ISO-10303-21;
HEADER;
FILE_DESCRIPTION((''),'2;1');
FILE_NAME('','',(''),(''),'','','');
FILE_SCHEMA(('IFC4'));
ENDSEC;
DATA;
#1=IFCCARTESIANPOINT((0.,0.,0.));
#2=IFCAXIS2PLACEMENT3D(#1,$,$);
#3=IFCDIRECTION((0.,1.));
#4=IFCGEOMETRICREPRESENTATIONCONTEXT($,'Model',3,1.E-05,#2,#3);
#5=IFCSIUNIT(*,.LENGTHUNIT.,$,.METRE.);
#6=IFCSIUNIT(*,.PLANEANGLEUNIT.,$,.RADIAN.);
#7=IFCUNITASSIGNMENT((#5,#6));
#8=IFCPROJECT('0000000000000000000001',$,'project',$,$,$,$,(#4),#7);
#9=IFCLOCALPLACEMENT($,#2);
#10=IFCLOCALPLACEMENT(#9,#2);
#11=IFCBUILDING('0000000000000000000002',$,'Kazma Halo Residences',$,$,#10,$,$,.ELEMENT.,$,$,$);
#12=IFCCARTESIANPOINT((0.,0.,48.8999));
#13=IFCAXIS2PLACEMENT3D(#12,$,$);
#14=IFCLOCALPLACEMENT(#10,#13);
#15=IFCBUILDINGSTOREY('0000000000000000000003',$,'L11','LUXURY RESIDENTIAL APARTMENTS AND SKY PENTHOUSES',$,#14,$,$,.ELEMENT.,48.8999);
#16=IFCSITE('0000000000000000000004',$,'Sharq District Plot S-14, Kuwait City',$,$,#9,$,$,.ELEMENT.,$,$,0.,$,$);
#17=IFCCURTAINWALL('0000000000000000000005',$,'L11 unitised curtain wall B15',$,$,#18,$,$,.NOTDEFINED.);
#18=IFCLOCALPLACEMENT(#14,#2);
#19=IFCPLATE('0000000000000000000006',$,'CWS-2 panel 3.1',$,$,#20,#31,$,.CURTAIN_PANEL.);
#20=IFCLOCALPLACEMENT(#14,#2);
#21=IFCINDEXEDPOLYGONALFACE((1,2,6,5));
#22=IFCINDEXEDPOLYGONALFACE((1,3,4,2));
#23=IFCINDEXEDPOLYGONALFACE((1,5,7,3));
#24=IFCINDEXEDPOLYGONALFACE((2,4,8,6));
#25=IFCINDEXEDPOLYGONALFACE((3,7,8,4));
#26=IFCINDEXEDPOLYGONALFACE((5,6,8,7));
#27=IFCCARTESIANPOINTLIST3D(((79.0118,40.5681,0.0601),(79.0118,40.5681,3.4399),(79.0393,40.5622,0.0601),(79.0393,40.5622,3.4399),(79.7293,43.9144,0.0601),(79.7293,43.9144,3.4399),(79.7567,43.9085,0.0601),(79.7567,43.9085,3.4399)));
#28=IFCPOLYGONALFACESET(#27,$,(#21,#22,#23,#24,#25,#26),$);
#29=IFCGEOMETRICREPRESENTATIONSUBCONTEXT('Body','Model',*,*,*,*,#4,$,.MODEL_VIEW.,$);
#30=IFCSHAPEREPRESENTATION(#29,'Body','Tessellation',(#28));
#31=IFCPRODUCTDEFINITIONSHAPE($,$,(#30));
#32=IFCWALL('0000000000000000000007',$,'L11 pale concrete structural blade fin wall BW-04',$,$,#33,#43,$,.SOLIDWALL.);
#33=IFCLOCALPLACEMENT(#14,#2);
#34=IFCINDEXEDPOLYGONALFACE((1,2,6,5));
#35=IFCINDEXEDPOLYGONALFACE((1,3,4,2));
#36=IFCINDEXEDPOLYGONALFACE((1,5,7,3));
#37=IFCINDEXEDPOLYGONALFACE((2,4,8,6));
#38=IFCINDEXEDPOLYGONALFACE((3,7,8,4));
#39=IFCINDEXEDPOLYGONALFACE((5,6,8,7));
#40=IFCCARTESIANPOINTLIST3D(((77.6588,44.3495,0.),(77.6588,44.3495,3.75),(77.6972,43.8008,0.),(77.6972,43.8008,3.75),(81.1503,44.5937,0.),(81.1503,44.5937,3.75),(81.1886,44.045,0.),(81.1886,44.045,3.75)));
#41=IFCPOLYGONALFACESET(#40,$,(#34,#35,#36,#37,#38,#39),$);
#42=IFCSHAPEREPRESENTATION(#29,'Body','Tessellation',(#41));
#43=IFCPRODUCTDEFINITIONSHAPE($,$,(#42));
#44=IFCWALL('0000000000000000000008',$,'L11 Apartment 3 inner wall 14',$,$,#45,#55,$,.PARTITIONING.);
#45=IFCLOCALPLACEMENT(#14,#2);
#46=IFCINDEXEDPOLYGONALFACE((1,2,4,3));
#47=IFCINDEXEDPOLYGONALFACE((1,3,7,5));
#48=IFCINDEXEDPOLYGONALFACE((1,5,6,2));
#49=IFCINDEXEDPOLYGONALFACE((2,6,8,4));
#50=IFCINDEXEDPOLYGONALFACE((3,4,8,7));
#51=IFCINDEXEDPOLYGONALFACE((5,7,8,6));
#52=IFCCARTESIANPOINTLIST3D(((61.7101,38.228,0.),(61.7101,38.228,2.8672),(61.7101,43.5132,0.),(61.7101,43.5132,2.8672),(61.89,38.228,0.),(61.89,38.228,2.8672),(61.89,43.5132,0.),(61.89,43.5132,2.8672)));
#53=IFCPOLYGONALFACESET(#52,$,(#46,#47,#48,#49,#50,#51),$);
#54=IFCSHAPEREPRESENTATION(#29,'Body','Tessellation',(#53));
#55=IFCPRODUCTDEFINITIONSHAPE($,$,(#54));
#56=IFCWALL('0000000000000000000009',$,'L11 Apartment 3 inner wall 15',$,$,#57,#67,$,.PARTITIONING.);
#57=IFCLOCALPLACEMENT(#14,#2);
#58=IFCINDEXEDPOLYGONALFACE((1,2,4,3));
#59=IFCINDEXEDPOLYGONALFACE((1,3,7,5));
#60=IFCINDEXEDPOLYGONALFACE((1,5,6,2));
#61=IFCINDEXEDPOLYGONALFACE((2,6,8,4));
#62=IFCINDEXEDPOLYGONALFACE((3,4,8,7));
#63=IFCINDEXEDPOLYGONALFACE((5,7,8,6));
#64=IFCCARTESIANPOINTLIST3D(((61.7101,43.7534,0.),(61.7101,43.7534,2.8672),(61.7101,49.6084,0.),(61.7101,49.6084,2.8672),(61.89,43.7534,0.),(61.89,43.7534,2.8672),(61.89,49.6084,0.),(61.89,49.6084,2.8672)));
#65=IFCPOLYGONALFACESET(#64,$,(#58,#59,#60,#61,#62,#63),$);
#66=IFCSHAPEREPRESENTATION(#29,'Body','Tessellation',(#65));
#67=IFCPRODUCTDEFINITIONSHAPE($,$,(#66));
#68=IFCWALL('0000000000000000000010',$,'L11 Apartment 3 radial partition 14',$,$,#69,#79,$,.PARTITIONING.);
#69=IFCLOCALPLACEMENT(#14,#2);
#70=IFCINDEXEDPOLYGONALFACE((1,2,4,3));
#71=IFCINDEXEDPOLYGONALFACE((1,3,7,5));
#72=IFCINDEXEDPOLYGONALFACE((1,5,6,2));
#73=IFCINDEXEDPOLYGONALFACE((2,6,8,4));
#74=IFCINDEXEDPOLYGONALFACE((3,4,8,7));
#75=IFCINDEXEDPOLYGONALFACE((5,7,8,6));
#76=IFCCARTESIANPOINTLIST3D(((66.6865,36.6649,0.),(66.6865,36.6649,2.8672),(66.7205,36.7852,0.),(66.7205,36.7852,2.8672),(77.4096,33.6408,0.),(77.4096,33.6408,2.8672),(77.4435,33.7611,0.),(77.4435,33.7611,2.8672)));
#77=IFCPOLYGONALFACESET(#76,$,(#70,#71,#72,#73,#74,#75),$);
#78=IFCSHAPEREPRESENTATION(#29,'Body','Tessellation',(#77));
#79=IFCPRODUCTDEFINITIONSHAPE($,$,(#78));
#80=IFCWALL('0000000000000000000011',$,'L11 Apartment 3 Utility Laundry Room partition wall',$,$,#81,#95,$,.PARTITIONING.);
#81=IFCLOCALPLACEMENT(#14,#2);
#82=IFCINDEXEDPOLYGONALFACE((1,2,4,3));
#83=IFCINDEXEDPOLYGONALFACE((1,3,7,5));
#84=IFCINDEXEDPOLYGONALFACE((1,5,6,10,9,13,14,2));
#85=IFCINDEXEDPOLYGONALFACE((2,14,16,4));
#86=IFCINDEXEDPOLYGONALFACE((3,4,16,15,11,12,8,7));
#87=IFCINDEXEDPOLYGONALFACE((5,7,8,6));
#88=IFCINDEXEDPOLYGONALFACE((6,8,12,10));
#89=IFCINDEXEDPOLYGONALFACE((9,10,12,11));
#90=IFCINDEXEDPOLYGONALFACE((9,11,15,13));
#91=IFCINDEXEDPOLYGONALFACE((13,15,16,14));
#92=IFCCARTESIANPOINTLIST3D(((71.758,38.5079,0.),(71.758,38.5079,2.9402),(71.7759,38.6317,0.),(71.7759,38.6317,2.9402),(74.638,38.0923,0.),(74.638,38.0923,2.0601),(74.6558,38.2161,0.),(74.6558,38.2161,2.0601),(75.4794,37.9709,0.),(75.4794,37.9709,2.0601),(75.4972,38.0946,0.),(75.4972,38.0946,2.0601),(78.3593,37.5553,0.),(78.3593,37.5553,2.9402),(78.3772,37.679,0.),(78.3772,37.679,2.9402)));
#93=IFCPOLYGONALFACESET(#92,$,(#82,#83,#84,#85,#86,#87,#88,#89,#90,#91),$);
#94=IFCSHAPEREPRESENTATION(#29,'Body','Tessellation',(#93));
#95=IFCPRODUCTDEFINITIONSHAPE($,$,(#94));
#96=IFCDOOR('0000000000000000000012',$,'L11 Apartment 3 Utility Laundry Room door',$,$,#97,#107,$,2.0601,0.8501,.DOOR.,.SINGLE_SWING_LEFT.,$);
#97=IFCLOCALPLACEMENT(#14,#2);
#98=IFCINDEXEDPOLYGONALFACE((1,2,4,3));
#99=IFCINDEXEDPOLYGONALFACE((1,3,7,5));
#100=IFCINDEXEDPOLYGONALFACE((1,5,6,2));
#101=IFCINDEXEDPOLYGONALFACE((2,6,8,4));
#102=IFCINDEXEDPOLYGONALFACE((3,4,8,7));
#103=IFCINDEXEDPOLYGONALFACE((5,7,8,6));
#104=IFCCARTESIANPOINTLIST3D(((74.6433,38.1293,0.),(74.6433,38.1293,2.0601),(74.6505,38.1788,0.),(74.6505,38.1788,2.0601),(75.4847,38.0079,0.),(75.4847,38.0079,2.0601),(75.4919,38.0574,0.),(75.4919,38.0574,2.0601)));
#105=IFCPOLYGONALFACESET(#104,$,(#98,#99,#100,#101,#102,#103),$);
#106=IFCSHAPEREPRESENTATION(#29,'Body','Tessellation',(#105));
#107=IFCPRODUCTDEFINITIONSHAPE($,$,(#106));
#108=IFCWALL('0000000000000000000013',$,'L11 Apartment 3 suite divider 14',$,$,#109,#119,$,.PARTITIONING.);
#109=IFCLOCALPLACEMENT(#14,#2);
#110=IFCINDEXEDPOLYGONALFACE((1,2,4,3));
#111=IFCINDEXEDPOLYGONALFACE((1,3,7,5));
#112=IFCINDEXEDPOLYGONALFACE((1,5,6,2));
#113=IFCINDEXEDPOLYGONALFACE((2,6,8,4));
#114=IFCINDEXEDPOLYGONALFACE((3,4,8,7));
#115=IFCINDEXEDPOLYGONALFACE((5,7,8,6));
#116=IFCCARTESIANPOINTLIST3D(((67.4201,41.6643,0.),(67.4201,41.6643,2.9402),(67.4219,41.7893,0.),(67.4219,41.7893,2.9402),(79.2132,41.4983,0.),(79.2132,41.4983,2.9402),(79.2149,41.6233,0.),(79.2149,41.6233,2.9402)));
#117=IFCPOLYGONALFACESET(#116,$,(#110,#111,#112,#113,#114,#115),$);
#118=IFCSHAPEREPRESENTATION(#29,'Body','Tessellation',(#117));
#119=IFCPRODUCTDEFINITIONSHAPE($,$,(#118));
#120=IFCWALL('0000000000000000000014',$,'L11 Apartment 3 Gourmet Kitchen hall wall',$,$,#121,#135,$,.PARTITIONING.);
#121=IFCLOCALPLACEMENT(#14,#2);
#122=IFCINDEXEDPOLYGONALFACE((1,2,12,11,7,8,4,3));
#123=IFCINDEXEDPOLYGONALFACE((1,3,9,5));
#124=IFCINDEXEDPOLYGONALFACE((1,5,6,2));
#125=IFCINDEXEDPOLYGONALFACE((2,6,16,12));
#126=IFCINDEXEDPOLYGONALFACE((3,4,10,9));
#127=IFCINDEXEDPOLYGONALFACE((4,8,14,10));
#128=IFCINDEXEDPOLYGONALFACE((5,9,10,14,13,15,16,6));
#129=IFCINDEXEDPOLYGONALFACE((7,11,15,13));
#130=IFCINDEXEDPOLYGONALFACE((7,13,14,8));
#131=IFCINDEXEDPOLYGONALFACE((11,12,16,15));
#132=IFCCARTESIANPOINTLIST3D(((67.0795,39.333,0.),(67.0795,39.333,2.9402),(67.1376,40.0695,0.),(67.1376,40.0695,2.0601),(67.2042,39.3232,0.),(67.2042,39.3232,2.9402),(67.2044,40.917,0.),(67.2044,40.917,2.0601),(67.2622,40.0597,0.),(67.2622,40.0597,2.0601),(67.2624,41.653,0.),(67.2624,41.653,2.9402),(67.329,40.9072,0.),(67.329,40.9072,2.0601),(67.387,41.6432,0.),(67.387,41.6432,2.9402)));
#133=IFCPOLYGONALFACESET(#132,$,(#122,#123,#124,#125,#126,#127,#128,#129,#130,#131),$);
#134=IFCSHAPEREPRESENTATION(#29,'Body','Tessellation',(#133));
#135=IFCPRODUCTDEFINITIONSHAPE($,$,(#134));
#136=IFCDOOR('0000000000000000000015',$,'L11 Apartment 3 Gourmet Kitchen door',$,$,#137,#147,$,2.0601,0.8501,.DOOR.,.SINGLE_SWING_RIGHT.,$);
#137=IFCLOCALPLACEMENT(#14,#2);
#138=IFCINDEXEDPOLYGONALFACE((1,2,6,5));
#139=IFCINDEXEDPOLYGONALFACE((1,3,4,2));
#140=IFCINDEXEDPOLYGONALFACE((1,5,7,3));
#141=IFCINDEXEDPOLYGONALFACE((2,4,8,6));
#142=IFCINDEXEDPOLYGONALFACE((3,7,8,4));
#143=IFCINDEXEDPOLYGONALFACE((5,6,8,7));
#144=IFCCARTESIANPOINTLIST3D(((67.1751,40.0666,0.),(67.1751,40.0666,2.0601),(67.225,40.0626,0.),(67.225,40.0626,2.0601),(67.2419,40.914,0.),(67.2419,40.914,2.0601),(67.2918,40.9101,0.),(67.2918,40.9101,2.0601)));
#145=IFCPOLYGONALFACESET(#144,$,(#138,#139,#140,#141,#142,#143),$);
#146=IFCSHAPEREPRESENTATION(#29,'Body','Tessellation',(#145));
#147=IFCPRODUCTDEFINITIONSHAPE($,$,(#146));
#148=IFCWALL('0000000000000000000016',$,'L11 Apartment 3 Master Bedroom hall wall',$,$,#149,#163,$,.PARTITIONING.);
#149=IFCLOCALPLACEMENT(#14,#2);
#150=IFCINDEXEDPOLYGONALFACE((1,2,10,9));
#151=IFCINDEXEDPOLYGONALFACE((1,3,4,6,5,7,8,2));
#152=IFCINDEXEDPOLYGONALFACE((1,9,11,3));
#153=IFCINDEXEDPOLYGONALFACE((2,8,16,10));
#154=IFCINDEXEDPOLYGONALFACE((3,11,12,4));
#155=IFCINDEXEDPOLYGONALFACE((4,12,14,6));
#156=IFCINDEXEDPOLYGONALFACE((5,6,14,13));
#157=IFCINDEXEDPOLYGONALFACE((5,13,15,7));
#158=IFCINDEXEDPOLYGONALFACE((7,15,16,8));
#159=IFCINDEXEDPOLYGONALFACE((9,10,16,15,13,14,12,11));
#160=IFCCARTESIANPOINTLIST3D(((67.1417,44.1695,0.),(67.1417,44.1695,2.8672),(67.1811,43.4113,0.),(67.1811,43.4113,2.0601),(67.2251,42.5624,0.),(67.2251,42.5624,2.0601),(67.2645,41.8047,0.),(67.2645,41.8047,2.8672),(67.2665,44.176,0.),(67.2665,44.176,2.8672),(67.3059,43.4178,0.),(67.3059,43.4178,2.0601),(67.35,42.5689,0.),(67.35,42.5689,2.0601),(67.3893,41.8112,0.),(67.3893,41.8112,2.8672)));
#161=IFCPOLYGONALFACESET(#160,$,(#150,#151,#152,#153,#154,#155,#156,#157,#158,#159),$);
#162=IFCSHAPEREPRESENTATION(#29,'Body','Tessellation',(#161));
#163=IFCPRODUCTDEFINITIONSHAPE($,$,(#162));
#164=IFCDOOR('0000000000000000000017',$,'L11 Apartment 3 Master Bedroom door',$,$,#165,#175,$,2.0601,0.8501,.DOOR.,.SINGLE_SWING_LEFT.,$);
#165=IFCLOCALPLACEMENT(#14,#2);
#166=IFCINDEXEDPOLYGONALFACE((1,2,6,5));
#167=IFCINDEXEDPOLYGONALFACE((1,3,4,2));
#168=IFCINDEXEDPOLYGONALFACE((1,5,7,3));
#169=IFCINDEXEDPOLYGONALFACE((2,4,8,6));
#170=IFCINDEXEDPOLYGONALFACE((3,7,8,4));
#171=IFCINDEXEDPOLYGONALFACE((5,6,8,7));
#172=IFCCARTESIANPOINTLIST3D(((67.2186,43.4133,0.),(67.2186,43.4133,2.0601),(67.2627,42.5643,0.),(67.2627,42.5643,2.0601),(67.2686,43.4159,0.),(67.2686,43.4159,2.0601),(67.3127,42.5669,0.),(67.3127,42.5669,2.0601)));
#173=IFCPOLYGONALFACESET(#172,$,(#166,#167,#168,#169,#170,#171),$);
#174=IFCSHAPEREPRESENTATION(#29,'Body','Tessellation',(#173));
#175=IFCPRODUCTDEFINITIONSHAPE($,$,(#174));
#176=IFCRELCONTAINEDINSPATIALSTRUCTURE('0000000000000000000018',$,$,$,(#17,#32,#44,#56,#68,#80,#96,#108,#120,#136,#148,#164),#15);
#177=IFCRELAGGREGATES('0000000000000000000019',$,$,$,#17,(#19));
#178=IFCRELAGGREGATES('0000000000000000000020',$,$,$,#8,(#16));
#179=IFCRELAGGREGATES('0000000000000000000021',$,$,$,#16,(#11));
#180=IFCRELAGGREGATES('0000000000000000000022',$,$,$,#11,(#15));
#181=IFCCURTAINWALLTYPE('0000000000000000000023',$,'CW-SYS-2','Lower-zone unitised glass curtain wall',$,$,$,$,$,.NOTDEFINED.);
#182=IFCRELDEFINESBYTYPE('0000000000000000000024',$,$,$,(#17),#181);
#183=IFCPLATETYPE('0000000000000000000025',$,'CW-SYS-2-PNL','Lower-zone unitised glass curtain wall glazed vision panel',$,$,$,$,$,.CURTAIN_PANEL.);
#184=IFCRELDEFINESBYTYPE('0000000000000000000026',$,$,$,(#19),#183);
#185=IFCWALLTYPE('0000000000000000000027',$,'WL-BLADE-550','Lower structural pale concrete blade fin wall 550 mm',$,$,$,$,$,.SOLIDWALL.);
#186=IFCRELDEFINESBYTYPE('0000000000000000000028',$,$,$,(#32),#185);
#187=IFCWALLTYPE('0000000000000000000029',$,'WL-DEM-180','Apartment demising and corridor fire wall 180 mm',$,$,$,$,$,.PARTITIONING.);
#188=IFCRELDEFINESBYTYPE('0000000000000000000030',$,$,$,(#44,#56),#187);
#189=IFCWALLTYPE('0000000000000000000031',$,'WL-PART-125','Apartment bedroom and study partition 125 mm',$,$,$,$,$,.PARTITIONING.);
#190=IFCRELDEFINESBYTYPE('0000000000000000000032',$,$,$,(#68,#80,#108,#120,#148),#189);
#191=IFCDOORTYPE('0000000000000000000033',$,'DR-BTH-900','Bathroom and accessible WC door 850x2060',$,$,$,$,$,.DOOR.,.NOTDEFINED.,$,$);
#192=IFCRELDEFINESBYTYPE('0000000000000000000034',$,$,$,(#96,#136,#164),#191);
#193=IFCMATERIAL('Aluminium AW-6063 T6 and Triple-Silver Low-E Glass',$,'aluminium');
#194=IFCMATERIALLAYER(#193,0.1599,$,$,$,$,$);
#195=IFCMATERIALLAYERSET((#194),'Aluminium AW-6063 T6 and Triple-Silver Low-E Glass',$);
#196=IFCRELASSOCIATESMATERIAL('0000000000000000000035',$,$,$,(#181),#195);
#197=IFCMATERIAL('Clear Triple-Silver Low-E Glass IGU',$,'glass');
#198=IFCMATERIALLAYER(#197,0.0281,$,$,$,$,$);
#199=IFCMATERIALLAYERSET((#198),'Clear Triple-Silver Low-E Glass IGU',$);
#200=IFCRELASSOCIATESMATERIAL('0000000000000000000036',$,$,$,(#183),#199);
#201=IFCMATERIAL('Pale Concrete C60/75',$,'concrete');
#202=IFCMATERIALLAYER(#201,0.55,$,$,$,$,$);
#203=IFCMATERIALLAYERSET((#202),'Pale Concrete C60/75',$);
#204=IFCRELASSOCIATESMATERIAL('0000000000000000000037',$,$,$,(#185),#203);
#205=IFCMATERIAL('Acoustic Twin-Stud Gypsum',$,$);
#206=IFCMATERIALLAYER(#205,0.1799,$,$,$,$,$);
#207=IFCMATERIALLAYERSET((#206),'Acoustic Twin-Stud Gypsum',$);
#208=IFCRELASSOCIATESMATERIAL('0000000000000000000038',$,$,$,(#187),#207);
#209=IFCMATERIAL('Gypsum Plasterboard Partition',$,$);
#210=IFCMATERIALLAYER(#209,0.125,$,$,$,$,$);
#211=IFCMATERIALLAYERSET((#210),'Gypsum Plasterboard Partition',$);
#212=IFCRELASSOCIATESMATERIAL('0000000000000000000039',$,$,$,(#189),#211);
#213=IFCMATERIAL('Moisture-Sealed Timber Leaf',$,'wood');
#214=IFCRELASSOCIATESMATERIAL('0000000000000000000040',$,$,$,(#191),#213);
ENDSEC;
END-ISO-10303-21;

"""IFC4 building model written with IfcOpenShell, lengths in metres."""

from ifc_helpers import new_model, si_unit, direction, frame, frame_2d, origin, origin_2d, place, context, subcontext, project, spatial, rectangle, extrude, material, layer, layer_set, type_object, element, fill, aggregate, save


model = new_model("IFC4")

# Units and contexts
model_context = context("Model", 3, precision=1e-05, world=origin(), true_north=direction((0.0, 1.0)))
body_context = subcontext(model_context, "Body", "Model", "MODEL_VIEW")
ifc_project = project(units=[si_unit("LENGTHUNIT", "METRE"), si_unit("PLANEANGLEUNIT", "RADIAN")], contexts=[model_context])

# Site, building, storey
site_placement = place(None, origin())
site = spatial("IfcSite", under=ifc_project, at=site_placement, Name="Sharq District Plot S-14, Kuwait City", CompositionType="ELEMENT", RefElevation=0.0)
building_placement = place(site_placement, origin())
building = spatial("IfcBuilding", under=site, at=building_placement, Name="Kazma Halo Residences", CompositionType="ELEMENT")
storey_placement = place(building_placement, frame((0.0, 0.0, 48.8999)))
storey = spatial("IfcBuildingStorey", under=building, at=storey_placement, Name="L11", Description="LUXURY RESIDENTIAL APARTMENTS AND SKY PENTHOUSES", CompositionType="ELEMENT", Elevation=48.8999)

# Curtain wall, plate
ifc_material_1 = material(Name="Aluminium AW-6063 T6 and Triple-Silver Low-E Glass", Category="aluminium")
ifc_layer_1 = layer(ifc_material_1, 0.1599)
ifc_layer_set_1 = layer_set([ifc_layer_1], Name="Aluminium AW-6063 T6 and Triple-Silver Low-E Glass")
curtain_wall_type = type_object("IfcCurtainWallType", Name="CW-SYS-2", Description="Lower-zone unitised glass curtain wall", PredefinedType="NOTDEFINED", material=ifc_layer_set_1)
curtain_wall_placement = place(storey_placement, origin())
curtain_wall = element("IfcCurtainWall", 1, at=curtain_wall_placement, inside=storey, type_object=curtain_wall_type, Name="L11 unitised curtain wall B15", PredefinedType="NOTDEFINED")
ifc_material_2 = material(Name="Clear Triple-Silver Low-E Glass IGU", Category="glass")
ifc_layer_2 = layer(ifc_material_2, 0.0281)
ifc_layer_set_2 = layer_set([ifc_layer_2], Name="Clear Triple-Silver Low-E Glass IGU")
plate_type = type_object("IfcPlateType", Name="CW-SYS-2-PNL", Description="Lower-zone unitised glass curtain wall glazed vision panel", PredefinedType="CURTAIN_PANEL", material=ifc_layer_set_2)
plate_1_placement = place(storey_placement, frame((79.3843, 42.2383, 0.0601), z_axis=(0.0, 0.0, 1.0), x_axis=(0.209637, 0.977779, 0.0)))
plate_1 = element("IfcPlate", 2, at=plate_1_placement, type_object=plate_type, Name="CWS-2 panel 3.1", PredefinedType="CURTAIN_PANEL", context=body_context, shape_type="SweptSolid", body=[
    extrude(rectangle(XDim=3.4224, YDim=0.0281, at=origin_2d()), origin(), (0.0, 0.0, 1.0), 3.3799),
])
aggregate(curtain_wall, [plate_1])

# Walls
ifc_material_3 = material(Name="Pale Concrete C60/75", Category="concrete")
ifc_layer_3 = layer(ifc_material_3, 0.55)
ifc_layer_set_3 = layer_set([ifc_layer_3], Name="Pale Concrete C60/75")
wall_type_1 = type_object("IfcWallType", Name="WL-BLADE-550", Description="Lower structural pale concrete blade fin wall 550 mm", PredefinedType="SOLIDWALL", material=ifc_layer_set_3)
wall_1_placement = place(storey_placement, frame((77.678, 44.0752, 0.0), z_axis=(0.0, 0.0, 1.0), x_axis=(0.997564, 0.069755, 0.0)))
element("IfcWall", 3, at=wall_1_placement, inside=storey, type_object=wall_type_1, Name="L11 pale concrete structural blade fin wall BW-04", PredefinedType="SOLIDWALL", context=body_context, shape_type="SweptSolid", body=[
    extrude(rectangle(XDim=3.5, YDim=0.55, at=frame_2d((1.75, 0.0))), origin(), (0.0, 0.0, 1.0), 3.75),
])
ifc_material_4 = material(Name="Acoustic Twin-Stud Gypsum")
ifc_layer_4 = layer(ifc_material_4, 0.1799)
ifc_layer_set_4 = layer_set([ifc_layer_4], Name="Acoustic Twin-Stud Gypsum")
wall_type_2 = type_object("IfcWallType", Name="WL-DEM-180", Description="Apartment demising and corridor fire wall 180 mm", PredefinedType="PARTITIONING", material=ifc_layer_set_4)
wall_2_placement = place(storey_placement, frame((61.8, 38.228, 0.0), z_axis=(0.0, 0.0, 1.0), x_axis=(0.0, 1.0, 0.0)))
element("IfcWall", 4, at=wall_2_placement, inside=storey, type_object=wall_type_2, Name="L11 Apartment 3 inner wall 14", PredefinedType="PARTITIONING", context=body_context, shape_type="SweptSolid", body=[
    extrude(rectangle(XDim=5.2852, YDim=0.1799, at=frame_2d((2.6426, 0.0))), origin(), (0.0, 0.0, 1.0), 2.8672),
])
wall_3_placement = place(storey_placement, frame((61.8, 43.7534, 0.0), z_axis=(0.0, 0.0, 1.0), x_axis=(0.0, 1.0, 0.0)))
element("IfcWall", 5, at=wall_3_placement, inside=storey, type_object=wall_type_2, Name="L11 Apartment 3 inner wall 15", PredefinedType="PARTITIONING", context=body_context, shape_type="SweptSolid", body=[
    extrude(rectangle(XDim=5.855, YDim=0.1799, at=frame_2d((2.9275, 0.0))), origin(), (0.0, 0.0, 1.0), 2.8672),
])
ifc_material_5 = material(Name="Gypsum Plasterboard Partition")
ifc_layer_5 = layer(ifc_material_5, 0.125)
ifc_layer_set_5 = layer_set([ifc_layer_5], Name="Gypsum Plasterboard Partition")
wall_type_3 = type_object("IfcWallType", Name="WL-PART-125", Description="Apartment bedroom and study partition 125 mm", PredefinedType="PARTITIONING", material=ifc_layer_set_5)
wall_4_placement = place(storey_placement, frame((66.7034, 36.7251, 0.0), z_axis=(0.0, 0.0, 1.0), x_axis=(0.962457, -0.271435, 0.0)))
element("IfcWall", 6, at=wall_4_placement, inside=storey, type_object=wall_type_3, Name="L11 Apartment 3 radial partition 14", PredefinedType="PARTITIONING", context=body_context, shape_type="SweptSolid", body=[
    extrude(rectangle(XDim=11.1414, YDim=0.125, at=frame_2d((5.5708, 0.0))), origin(), (0.0, 0.0, 1.0), 2.8672),
])

# Wall, opening, door
wall_5_placement = place(storey_placement, frame((71.7668, 38.5698, 0.0), z_axis=(0.0, 0.0, 1.0), x_axis=(0.989747, -0.14283, 0.0)))
wall_5 = element("IfcWall", 7, at=wall_5_placement, inside=storey, type_object=wall_type_3, Name="L11 Apartment 3 Utility Laundry Room partition wall", PredefinedType="PARTITIONING", context=body_context, shape_type="SweptSolid", body=[
    extrude(rectangle(XDim=6.6697, YDim=0.125, at=frame_2d((3.335, 0.0))), origin(), (0.0, 0.0, 1.0), 2.9402),
])
opening_1_placement = place(wall_5_placement, frame((2.9099, 0.0, 0.0)))
opening_1 = element("IfcOpeningElement", 8, at=opening_1_placement, cuts=wall_5, PredefinedType="OPENING", context=body_context, shape_type="SweptSolid", body=[
    extrude(rectangle(XDim=0.8501, YDim=2.0601, at=frame_2d((0.425, 1.03))), frame((0.0, 0.0725, 0.0), z_axis=(0.0, -1.0, 0.0), x_axis=(1.0, 0.0, 0.0)), (0.0, 0.0, 1.0), 0.145),
])
ifc_material_6 = material(Name="Moisture-Sealed Timber Leaf", Category="wood")
door_type = type_object("IfcDoorType", Name="DR-BTH-900", Description="Bathroom and accessible WC door 850x2060", OperationType="NOTDEFINED", PredefinedType="DOOR", material=ifc_material_6)
door_1_placement = place(opening_1_placement, origin())
door_1 = element("IfcDoor", 9, at=door_1_placement, inside=storey, type_object=door_type, Name="L11 Apartment 3 Utility Laundry Room door", OperationType="SINGLE_SWING_LEFT", OverallHeight=2.0601, OverallWidth=0.8501, PredefinedType="DOOR", context=body_context, shape_type="SweptSolid", body=[
    extrude(rectangle(XDim=0.8501, YDim=2.0601, at=frame_2d((0.425, 1.03))), frame((0.0, 0.0249, 0.0), z_axis=(0.0, -1.0, 0.0), x_axis=(1.0, 0.0, 0.0)), (0.0, 0.0, 1.0), 0.05),
])
fill(opening_1, door_1)

# Wall
wall_6_placement = place(storey_placement, frame((67.4211, 41.7268, 0.0), z_axis=(0.0, 0.0, 1.0), x_axis=(0.999901, -0.014076, 0.0)))
element("IfcWall", 10, at=wall_6_placement, inside=storey, type_object=wall_type_3, Name="L11 Apartment 3 suite divider 14", PredefinedType="PARTITIONING", context=body_context, shape_type="SweptSolid", body=[
    extrude(rectangle(XDim=11.7942, YDim=0.125, at=frame_2d((5.897, 0.0))), origin(), (0.0, 0.0, 1.0), 2.9402),
])

# Walls, openings, doors
wall_7_placement = place(storey_placement, frame((67.1418, 39.3281, 0.0), z_axis=(0.0, 0.0, 1.0), x_axis=(0.078574, 0.996908, 0.0)))
wall_7 = element("IfcWall", 11, at=wall_7_placement, inside=storey, type_object=wall_type_3, Name="L11 Apartment 3 Gourmet Kitchen hall wall", PredefinedType="PARTITIONING", context=body_context, shape_type="SweptSolid", body=[
    extrude(rectangle(XDim=2.3271, YDim=0.125, at=frame_2d((1.1636, 0.0))), origin(), (0.0, 0.0, 1.0), 2.9402),
])
opening_2_placement = place(wall_7_placement, frame((0.7388, 0.0, 0.0)))
opening_2 = element("IfcOpeningElement", 12, at=opening_2_placement, cuts=wall_7, PredefinedType="OPENING", context=body_context, shape_type="SweptSolid", body=[
    extrude(rectangle(XDim=0.8501, YDim=2.0601, at=frame_2d((0.425, 1.03))), frame((0.0, 0.0725, 0.0), z_axis=(0.0, -1.0, 0.0), x_axis=(1.0, 0.0, 0.0)), (0.0, 0.0, 1.0), 0.145),
])
door_2_placement = place(opening_2_placement, origin())
door_2 = element("IfcDoor", 13, at=door_2_placement, inside=storey, type_object=door_type, Name="L11 Apartment 3 Gourmet Kitchen door", OperationType="SINGLE_SWING_RIGHT", OverallHeight=2.0601, OverallWidth=0.8501, PredefinedType="DOOR", context=body_context, shape_type="SweptSolid", body=[
    extrude(rectangle(XDim=0.8501, YDim=2.0601, at=frame_2d((0.425, 1.03))), frame((0.0, 0.0249, 0.0), z_axis=(0.0, -1.0, 0.0), x_axis=(1.0, 0.0, 0.0)), (0.0, 0.0, 1.0), 0.05),
])
fill(opening_2, door_2)
wall_8_placement = place(storey_placement, frame((67.3269, 41.8079, 0.0), z_axis=(0.0, 0.0, 1.0), x_axis=(-0.051861, 0.998654, 0.0)))
wall_8 = element("IfcWall", 14, at=wall_8_placement, inside=storey, type_object=wall_type_3, Name="L11 Apartment 3 Master Bedroom hall wall", PredefinedType="PARTITIONING", context=body_context, shape_type="SweptSolid", body=[
    extrude(rectangle(XDim=2.3679, YDim=0.125, at=frame_2d((1.1841, 0.0))), origin(), (0.0, 0.0, 1.0), 2.8672),
])
opening_3_placement = place(wall_8_placement, frame((0.7588, 0.0, 0.0)))
opening_3 = element("IfcOpeningElement", 15, at=opening_3_placement, cuts=wall_8, PredefinedType="OPENING", context=body_context, shape_type="SweptSolid", body=[
    extrude(rectangle(XDim=0.8501, YDim=2.0601, at=frame_2d((0.425, 1.03))), frame((0.0, 0.0725, 0.0), z_axis=(0.0, -1.0, 0.0), x_axis=(1.0, 0.0, 0.0)), (0.0, 0.0, 1.0), 0.145),
])
door_3_placement = place(opening_3_placement, origin())
door_3 = element("IfcDoor", 16, at=door_3_placement, inside=storey, type_object=door_type, Name="L11 Apartment 3 Master Bedroom door", OperationType="SINGLE_SWING_LEFT", OverallHeight=2.0601, OverallWidth=0.8501, PredefinedType="DOOR", context=body_context, shape_type="SweptSolid", body=[
    extrude(rectangle(XDim=0.8501, YDim=2.0601, at=frame_2d((0.425, 1.03))), frame((0.0, 0.0249, 0.0), z_axis=(0.0, -1.0, 0.0), x_axis=(1.0, 0.0, 0.0)), (0.0, 0.0, 1.0), 0.05),
])
fill(opening_3, door_3)

save(model, "model.ifc")
